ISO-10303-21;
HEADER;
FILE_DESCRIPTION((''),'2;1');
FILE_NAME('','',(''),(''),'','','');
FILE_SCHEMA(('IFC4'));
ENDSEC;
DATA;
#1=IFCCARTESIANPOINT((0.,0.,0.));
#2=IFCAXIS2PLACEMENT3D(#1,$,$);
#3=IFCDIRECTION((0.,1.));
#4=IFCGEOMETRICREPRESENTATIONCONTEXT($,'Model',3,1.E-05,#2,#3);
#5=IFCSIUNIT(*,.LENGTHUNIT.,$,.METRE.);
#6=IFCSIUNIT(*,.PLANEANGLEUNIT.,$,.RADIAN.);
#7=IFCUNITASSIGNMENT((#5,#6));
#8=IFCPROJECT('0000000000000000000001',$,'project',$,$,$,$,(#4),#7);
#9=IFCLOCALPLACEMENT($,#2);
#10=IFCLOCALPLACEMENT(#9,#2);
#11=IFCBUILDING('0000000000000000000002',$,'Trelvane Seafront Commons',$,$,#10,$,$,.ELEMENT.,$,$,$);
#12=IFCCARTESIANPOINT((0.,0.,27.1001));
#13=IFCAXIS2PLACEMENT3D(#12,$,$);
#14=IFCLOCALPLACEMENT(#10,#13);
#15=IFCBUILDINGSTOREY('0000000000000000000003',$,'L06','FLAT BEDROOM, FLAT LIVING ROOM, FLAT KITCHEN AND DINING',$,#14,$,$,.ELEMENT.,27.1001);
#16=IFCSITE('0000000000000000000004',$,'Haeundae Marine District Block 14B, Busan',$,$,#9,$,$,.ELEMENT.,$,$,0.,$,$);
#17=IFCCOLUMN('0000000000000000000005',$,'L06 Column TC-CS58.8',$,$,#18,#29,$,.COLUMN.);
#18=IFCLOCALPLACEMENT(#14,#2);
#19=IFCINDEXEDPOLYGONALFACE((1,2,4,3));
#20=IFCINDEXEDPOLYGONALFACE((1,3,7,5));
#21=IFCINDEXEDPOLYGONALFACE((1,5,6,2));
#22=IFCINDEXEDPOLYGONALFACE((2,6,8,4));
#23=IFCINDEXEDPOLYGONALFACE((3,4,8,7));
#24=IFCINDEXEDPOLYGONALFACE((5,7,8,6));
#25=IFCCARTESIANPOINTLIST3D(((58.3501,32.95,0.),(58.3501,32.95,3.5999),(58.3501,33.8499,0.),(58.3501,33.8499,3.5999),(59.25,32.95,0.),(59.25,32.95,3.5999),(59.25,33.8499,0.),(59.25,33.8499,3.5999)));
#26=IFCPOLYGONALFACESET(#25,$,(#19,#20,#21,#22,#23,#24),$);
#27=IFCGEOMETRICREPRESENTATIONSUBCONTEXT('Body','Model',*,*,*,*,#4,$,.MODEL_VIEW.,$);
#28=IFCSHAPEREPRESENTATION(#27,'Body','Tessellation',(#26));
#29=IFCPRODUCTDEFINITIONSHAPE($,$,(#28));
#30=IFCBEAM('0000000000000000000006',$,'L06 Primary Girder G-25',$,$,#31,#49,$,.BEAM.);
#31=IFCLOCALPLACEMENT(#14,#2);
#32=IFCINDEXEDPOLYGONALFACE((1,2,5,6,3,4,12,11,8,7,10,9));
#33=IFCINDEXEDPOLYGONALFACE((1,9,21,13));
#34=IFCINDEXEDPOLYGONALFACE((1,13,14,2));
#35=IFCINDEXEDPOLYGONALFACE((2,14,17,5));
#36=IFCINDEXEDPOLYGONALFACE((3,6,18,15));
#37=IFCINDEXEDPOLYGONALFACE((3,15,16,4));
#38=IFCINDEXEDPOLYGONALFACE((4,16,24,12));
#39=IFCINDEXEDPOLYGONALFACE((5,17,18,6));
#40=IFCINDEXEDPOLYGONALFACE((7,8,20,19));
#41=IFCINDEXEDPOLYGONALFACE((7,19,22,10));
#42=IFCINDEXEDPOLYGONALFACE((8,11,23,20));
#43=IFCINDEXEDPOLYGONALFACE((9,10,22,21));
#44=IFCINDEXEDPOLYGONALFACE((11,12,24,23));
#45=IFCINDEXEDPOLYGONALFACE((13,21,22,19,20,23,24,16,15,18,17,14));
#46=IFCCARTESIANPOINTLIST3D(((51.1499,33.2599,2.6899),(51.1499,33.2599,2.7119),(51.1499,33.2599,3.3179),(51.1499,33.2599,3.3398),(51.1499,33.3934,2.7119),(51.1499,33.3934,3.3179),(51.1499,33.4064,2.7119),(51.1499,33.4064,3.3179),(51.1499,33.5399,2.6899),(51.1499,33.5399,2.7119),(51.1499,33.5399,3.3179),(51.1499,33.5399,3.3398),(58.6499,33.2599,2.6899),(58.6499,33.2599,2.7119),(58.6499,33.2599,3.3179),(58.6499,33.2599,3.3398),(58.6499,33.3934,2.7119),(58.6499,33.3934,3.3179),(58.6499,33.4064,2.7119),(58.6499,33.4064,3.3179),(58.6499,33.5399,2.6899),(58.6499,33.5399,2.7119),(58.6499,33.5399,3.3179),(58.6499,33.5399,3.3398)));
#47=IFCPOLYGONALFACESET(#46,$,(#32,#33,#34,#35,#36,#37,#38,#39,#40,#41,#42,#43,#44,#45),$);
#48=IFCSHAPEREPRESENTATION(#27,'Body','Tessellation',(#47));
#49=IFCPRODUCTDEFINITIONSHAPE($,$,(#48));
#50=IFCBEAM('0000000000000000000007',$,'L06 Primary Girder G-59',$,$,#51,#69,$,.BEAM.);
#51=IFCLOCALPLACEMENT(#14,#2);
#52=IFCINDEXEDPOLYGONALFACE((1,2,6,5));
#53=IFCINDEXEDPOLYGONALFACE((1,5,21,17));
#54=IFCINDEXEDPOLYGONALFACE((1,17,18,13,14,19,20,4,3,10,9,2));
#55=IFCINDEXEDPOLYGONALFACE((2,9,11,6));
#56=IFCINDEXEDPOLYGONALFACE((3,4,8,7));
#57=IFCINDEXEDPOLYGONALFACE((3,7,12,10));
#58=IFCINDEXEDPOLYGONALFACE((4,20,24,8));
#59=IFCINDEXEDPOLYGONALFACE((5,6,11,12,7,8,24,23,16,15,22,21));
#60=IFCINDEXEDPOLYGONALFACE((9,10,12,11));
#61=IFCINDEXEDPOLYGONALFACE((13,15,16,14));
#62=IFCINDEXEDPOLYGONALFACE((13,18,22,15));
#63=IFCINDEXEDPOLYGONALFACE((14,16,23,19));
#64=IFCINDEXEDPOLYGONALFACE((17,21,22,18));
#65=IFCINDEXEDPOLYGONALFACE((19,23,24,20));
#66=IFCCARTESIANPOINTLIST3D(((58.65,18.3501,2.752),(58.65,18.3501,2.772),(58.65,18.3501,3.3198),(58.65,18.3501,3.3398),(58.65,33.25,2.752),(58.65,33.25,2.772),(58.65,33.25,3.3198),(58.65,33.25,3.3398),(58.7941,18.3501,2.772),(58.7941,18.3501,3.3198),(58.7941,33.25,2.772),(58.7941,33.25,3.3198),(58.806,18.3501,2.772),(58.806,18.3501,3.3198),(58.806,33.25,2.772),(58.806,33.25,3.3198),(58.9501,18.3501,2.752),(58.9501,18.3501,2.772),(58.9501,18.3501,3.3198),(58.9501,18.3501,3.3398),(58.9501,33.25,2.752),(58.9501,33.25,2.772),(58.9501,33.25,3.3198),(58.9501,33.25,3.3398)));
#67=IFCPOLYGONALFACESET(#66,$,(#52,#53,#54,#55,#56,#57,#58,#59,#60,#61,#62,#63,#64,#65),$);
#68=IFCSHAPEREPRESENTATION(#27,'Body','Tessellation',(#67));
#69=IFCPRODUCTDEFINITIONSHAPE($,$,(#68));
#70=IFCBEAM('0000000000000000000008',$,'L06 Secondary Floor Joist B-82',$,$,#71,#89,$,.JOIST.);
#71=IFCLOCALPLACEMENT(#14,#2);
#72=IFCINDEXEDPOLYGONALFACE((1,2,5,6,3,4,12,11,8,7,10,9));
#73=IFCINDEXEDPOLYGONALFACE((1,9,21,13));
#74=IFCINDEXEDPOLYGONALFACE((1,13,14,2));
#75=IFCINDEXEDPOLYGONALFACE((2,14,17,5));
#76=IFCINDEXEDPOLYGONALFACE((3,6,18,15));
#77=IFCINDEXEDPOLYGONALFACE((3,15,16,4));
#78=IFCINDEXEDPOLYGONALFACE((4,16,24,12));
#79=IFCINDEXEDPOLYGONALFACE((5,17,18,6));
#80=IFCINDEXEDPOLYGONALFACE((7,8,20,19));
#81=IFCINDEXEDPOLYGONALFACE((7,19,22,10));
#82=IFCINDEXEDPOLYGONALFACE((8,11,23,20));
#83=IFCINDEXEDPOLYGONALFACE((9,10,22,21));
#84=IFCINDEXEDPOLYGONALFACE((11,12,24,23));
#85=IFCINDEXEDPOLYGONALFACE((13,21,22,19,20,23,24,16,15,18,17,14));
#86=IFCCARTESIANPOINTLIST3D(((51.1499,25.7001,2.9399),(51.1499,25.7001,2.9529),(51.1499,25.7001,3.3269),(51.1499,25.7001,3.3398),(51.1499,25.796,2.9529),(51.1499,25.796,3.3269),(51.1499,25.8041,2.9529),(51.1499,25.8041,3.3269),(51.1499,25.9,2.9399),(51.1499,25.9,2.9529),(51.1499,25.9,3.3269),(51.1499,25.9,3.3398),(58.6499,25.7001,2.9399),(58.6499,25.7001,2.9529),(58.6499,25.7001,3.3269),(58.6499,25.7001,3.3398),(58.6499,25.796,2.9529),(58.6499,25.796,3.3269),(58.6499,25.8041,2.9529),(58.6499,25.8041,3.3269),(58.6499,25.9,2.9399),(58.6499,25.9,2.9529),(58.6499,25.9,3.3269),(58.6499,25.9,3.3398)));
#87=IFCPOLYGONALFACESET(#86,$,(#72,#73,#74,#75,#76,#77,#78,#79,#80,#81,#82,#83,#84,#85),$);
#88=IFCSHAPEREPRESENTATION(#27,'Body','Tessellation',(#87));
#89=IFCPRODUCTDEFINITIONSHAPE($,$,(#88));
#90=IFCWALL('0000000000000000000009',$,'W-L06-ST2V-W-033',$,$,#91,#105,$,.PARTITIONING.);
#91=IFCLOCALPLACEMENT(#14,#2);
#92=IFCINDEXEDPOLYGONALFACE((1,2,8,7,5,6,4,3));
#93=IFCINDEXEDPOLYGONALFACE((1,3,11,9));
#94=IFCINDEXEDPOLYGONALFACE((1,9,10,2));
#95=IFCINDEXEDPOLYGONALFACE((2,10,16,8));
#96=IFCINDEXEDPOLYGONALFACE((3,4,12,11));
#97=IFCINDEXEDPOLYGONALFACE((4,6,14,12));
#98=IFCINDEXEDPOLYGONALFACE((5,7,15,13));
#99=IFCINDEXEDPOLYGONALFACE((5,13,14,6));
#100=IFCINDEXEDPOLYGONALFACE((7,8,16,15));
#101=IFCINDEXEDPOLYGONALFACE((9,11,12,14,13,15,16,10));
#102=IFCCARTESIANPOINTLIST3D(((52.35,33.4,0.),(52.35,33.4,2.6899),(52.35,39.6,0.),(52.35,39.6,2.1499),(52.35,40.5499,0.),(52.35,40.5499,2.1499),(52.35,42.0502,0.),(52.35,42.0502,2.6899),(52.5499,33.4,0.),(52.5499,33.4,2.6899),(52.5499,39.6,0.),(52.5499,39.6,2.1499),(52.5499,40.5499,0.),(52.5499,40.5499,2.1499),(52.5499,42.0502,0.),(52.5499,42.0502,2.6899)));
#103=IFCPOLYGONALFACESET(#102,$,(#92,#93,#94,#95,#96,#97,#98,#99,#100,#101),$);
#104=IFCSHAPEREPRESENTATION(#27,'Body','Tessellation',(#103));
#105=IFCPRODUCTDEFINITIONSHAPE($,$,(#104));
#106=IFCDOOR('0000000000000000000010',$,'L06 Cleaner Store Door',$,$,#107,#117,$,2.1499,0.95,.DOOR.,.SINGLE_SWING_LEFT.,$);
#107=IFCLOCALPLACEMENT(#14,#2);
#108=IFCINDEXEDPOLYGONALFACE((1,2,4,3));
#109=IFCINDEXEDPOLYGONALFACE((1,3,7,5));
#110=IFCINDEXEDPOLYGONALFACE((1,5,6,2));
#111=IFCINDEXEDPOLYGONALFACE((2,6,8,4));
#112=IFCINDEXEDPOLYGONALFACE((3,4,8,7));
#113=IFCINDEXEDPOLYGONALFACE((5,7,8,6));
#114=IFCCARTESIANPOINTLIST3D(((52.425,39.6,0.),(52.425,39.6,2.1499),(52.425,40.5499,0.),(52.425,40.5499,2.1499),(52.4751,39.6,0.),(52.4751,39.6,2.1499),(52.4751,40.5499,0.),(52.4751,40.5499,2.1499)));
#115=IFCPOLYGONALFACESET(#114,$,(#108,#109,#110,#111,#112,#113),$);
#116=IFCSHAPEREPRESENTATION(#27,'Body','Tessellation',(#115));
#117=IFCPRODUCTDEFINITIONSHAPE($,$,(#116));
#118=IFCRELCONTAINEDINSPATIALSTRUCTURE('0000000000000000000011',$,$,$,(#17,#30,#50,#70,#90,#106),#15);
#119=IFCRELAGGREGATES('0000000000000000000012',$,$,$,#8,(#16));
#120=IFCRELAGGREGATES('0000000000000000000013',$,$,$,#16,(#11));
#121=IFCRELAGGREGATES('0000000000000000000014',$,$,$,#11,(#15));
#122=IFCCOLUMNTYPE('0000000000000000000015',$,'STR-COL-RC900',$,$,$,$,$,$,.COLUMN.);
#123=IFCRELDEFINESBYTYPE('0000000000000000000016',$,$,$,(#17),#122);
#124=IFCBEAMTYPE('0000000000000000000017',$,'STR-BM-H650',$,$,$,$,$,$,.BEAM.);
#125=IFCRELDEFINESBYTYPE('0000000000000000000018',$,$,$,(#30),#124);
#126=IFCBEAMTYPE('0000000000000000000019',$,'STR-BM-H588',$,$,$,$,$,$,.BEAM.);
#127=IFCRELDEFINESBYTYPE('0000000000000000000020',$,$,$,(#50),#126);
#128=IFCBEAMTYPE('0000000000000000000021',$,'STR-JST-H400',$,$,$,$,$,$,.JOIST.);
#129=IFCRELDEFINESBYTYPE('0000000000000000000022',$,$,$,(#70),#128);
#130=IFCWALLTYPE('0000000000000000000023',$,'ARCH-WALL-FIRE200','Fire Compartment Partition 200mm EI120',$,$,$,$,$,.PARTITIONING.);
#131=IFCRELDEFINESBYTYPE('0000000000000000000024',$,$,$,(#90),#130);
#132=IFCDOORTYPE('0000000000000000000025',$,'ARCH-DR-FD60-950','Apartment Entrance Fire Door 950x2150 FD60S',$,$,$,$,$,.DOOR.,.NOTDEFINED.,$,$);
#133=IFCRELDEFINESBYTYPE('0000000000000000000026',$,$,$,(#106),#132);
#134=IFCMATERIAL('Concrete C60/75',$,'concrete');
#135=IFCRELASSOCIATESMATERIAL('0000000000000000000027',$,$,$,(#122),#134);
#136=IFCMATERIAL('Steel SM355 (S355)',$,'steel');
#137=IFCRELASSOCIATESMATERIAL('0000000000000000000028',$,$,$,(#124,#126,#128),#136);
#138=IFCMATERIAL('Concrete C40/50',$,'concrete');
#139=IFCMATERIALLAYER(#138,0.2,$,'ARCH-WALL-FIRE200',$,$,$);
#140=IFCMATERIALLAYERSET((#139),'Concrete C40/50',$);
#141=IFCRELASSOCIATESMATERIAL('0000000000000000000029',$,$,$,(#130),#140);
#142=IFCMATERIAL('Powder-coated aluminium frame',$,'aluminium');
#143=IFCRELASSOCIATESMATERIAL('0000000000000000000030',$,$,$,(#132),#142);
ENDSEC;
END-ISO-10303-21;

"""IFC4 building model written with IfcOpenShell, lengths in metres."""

from ifc_helpers import new_model, si_unit, direction, frame, frame_2d, origin, origin_2d, place, context, subcontext, project, spatial, rectangle, i_section, extrude, source, transform, mapped, material, layer, layer_set, material_profile, profile_set, type_object, element, fill, save


model = new_model("IFC4")

# Units and contexts
model_context = context("Model", 3, precision=1e-05, world=origin(), true_north=direction((0.0, 1.0)))
body_context = subcontext(model_context, "Body", "Model", "MODEL_VIEW")
ifc_project = project(units=[si_unit("LENGTHUNIT", "METRE"), si_unit("PLANEANGLEUNIT", "RADIAN")], contexts=[model_context])

# Site, building, storey
site_placement = place(None, origin())
site = spatial("IfcSite", under=ifc_project, at=site_placement, Name="Haeundae Marine District Block 14B, Busan", CompositionType="ELEMENT", RefElevation=0.0)
building_placement = place(site_placement, origin())
building = spatial("IfcBuilding", under=site, at=building_placement, Name="Trelvane Seafront Commons", CompositionType="ELEMENT")
storey_placement = place(building_placement, frame((0.0, 0.0, 27.1001)))
storey = spatial("IfcBuildingStorey", under=building, at=storey_placement, Name="L06", Description="FLAT BEDROOM, FLAT LIVING ROOM, FLAT KITCHEN AND DINING", CompositionType="ELEMENT", Elevation=27.1001)

# Column
ifc_material_1 = material(Name="Concrete C60/75", Category="concrete")
ifc_material_profile_1 = material_profile(ifc_material_1, rectangle(XDim=0.8999, YDim=0.8999, at=origin_2d()), Name="RC-900x900")
ifc_profile_set_1 = profile_set([ifc_material_profile_1], Name="Concrete C60/75")
column_type = type_object("IfcColumnType", Name="STR-COL-RC900", PredefinedType="COLUMN", material=ifc_profile_set_1)
shared_shape_1 = source(origin(), body_context, "Body", "SweptSolid", [
    extrude(rectangle(XDim=0.8999, YDim=0.8999, at=origin_2d()), origin(), (0.0, 0.0, 1.0), 3.5999),
])
column_placement = place(storey_placement, frame((58.8, 33.3999, 0.0), z_axis=(0.0, 0.0, 1.0), x_axis=(1.0, 0.0, 0.0)))
element("IfcColumn", 1, at=column_placement, inside=storey, type_object=column_type, Name="L06 Column TC-CS58.8", PredefinedType="COLUMN", context=body_context, shape_type="MappedRepresentation", body=[
    mapped(shared_shape_1, transform((0.0, 0.0, 0.0), x_axis=(1.0, 0.0, 0.0), y_axis=(0.0, 1.0, 0.0), z_axis=(0.0, 0.0, 1.0), scale=1.0)),
])

# Beams
ifc_material_2 = material(Name="Steel SM355 (S355)", Category="steel")
ifc_material_profile_2 = material_profile(ifc_material_2, i_section(OverallWidth=0.28, OverallDepth=0.6499, WebThickness=0.0129, FlangeThickness=0.022, at=origin_2d()), Name="H-650x280x13x22")
ifc_profile_set_2 = profile_set([ifc_material_profile_2], Name="Steel SM355 (S355)")
beam_type_1 = type_object("IfcBeamType", Name="STR-BM-H650", PredefinedType="BEAM", material=ifc_profile_set_2)
shared_shape_2 = source(origin(), body_context, "Body", "SweptSolid", [
    extrude(i_section(OverallWidth=0.28, OverallDepth=0.6499, WebThickness=0.0129, FlangeThickness=0.022, at=origin_2d()), origin(), (0.0, 0.0, 1.0), 7.5),
])
beam_1_placement = place(storey_placement, frame((51.1499, 33.3999, 3.0149), z_axis=(1.0, 0.0, 0.0), x_axis=(0.0, 1.0, 0.0)))
element("IfcBeam", 2, at=beam_1_placement, inside=storey, type_object=beam_type_1, Name="L06 Primary Girder G-25", PredefinedType="BEAM", context=body_context, shape_type="MappedRepresentation", body=[
    mapped(shared_shape_2, transform((0.0, 0.0, 0.0), x_axis=(1.0, 0.0, 0.0), y_axis=(0.0, 1.0, 0.0), z_axis=(0.0, 0.0, 1.0), scale=1.0)),
])
ifc_material_profile_3 = material_profile(ifc_material_2, i_section(OverallWidth=0.3, OverallDepth=0.5879, WebThickness=0.012, FlangeThickness=0.02, at=origin_2d()), Name="H-588x300x12x20")
ifc_profile_set_3 = profile_set([ifc_material_profile_3], Name="Steel SM355 (S355)")
beam_type_2 = type_object("IfcBeamType", Name="STR-BM-H588", PredefinedType="BEAM", material=ifc_profile_set_3)
shared_shape_3 = source(origin(), body_context, "Body", "SweptSolid", [
    extrude(i_section(OverallWidth=0.3, OverallDepth=0.5879, WebThickness=0.012, FlangeThickness=0.02, at=origin_2d()), origin(), (0.0, 0.0, 1.0), 14.8999),
])
beam_2_placement = place(storey_placement, frame((58.8, 18.3501, 3.0459), z_axis=(0.0, 1.0, 0.0), x_axis=(-1.0, 0.0, 0.0)))
element("IfcBeam", 3, at=beam_2_placement, inside=storey, type_object=beam_type_2, Name="L06 Primary Girder G-59", PredefinedType="BEAM", context=body_context, shape_type="MappedRepresentation", body=[
    mapped(shared_shape_3, transform((0.0, 0.0, 0.0), x_axis=(1.0, 0.0, 0.0), y_axis=(0.0, 1.0, 0.0), z_axis=(0.0, 0.0, 1.0), scale=1.0)),
])
ifc_material_profile_4 = material_profile(ifc_material_2, i_section(OverallWidth=0.2, OverallDepth=0.3999, WebThickness=0.0081, FlangeThickness=0.0129, at=origin_2d()), Name="H-400x200x8x13")
ifc_profile_set_4 = profile_set([ifc_material_profile_4], Name="Steel SM355 (S355)")
beam_type_3 = type_object("IfcBeamType", Name="STR-JST-H400", PredefinedType="JOIST", material=ifc_profile_set_4)
shared_shape_4 = source(origin(), body_context, "Body", "SweptSolid", [
    extrude(i_section(OverallWidth=0.2, OverallDepth=0.3999, WebThickness=0.0081, FlangeThickness=0.0129, at=origin_2d()), origin(), (0.0, 0.0, 1.0), 7.5),
])
beam_3_placement = place(storey_placement, frame((51.1499, 25.8, 3.1399), z_axis=(1.0, 0.0, 0.0), x_axis=(0.0, 1.0, 0.0)))
element("IfcBeam", 4, at=beam_3_placement, inside=storey, type_object=beam_type_3, Name="L06 Secondary Floor Joist B-82", PredefinedType="JOIST", context=body_context, shape_type="MappedRepresentation", body=[
    mapped(shared_shape_4, transform((0.0, 0.0, 0.0), x_axis=(1.0, 0.0, 0.0), y_axis=(0.0, 1.0, 0.0), z_axis=(0.0, 0.0, 1.0), scale=1.0)),
])

# Wall, opening, door
ifc_material_3 = material(Name="Concrete C40/50", Category="concrete")
ifc_layer_1 = layer(ifc_material_3, 0.2, Name="ARCH-WALL-FIRE200")
ifc_layer_set_1 = layer_set([ifc_layer_1], Name="Concrete C40/50")
wall_type_1 = type_object("IfcWallType", Name="ARCH-WALL-FIRE200", Description="Fire Compartment Partition 200mm EI120", PredefinedType="PARTITIONING", material=ifc_layer_set_1)
wall_1_placement = place(storey_placement, frame((52.45, 33.3999, 0.0), z_axis=(0.0, 0.0, 1.0), x_axis=(0.0, 1.0, 0.0)))
wall_1 = element("IfcWall", 5, at=wall_1_placement, inside=storey, type_object=wall_type_1, Name="W-L06-ST2V-W-033", PredefinedType="PARTITIONING", context=body_context, shape_type="SweptSolid", body=[
    extrude(rectangle(XDim=8.6501, YDim=0.2, at=frame_2d((4.3252, 0.0))), origin(), (0.0, 0.0, 1.0), 2.6899),
])
opening_1_placement = place(wall_1_placement, frame((6.2, 0.0, 0.0)))
opening_1 = element("IfcOpeningElement", 6, at=opening_1_placement, cuts=wall_1, PredefinedType="OPENING", context=body_context, shape_type="SweptSolid", body=[
    extrude(rectangle(XDim=0.95, YDim=2.1499, at=frame_2d((0.4751, 1.075))), frame((0.0, 0.1099, 0.0), z_axis=(0.0, -1.0, 0.0), x_axis=(1.0, 0.0, 0.0)), (0.0, 0.0, 1.0), 0.22),
])
ifc_material_4 = material(Name="Powder-coated aluminium frame", Category="aluminium")
door_type_1 = type_object("IfcDoorType", Name="ARCH-DR-FD60-950", Description="Apartment Entrance Fire Door 950x2150 FD60S", OperationType="NOTDEFINED", PredefinedType="DOOR", material=ifc_material_4)
shared_shape_5 = source(origin(), body_context, "Body", "SweptSolid", [
    extrude(rectangle(XDim=0.95, YDim=2.1499, at=frame_2d((0.4751, 1.075))), frame((0.0, 0.0249, 0.0), z_axis=(0.0, -1.0, 0.0), x_axis=(1.0, 0.0, 0.0)), (0.0, 0.0, 1.0), 0.05),
])
door_1_placement = place(opening_1_placement, origin())
door_1 = element("IfcDoor", 7, at=door_1_placement, inside=storey, type_object=door_type_1, Name="L06 Cleaner Store Door", OperationType="SINGLE_SWING_LEFT", OverallHeight=2.1499, OverallWidth=0.95, PredefinedType="DOOR", context=body_context, shape_type="MappedRepresentation", body=[
    mapped(shared_shape_5, transform((0.0, 0.0, 0.0), x_axis=(1.0, 0.0, 0.0), y_axis=(0.0, 1.0, 0.0), z_axis=(0.0, 0.0, 1.0), scale=1.0)),
])
fill(opening_1, door_1)

save(model, "model.ifc")
